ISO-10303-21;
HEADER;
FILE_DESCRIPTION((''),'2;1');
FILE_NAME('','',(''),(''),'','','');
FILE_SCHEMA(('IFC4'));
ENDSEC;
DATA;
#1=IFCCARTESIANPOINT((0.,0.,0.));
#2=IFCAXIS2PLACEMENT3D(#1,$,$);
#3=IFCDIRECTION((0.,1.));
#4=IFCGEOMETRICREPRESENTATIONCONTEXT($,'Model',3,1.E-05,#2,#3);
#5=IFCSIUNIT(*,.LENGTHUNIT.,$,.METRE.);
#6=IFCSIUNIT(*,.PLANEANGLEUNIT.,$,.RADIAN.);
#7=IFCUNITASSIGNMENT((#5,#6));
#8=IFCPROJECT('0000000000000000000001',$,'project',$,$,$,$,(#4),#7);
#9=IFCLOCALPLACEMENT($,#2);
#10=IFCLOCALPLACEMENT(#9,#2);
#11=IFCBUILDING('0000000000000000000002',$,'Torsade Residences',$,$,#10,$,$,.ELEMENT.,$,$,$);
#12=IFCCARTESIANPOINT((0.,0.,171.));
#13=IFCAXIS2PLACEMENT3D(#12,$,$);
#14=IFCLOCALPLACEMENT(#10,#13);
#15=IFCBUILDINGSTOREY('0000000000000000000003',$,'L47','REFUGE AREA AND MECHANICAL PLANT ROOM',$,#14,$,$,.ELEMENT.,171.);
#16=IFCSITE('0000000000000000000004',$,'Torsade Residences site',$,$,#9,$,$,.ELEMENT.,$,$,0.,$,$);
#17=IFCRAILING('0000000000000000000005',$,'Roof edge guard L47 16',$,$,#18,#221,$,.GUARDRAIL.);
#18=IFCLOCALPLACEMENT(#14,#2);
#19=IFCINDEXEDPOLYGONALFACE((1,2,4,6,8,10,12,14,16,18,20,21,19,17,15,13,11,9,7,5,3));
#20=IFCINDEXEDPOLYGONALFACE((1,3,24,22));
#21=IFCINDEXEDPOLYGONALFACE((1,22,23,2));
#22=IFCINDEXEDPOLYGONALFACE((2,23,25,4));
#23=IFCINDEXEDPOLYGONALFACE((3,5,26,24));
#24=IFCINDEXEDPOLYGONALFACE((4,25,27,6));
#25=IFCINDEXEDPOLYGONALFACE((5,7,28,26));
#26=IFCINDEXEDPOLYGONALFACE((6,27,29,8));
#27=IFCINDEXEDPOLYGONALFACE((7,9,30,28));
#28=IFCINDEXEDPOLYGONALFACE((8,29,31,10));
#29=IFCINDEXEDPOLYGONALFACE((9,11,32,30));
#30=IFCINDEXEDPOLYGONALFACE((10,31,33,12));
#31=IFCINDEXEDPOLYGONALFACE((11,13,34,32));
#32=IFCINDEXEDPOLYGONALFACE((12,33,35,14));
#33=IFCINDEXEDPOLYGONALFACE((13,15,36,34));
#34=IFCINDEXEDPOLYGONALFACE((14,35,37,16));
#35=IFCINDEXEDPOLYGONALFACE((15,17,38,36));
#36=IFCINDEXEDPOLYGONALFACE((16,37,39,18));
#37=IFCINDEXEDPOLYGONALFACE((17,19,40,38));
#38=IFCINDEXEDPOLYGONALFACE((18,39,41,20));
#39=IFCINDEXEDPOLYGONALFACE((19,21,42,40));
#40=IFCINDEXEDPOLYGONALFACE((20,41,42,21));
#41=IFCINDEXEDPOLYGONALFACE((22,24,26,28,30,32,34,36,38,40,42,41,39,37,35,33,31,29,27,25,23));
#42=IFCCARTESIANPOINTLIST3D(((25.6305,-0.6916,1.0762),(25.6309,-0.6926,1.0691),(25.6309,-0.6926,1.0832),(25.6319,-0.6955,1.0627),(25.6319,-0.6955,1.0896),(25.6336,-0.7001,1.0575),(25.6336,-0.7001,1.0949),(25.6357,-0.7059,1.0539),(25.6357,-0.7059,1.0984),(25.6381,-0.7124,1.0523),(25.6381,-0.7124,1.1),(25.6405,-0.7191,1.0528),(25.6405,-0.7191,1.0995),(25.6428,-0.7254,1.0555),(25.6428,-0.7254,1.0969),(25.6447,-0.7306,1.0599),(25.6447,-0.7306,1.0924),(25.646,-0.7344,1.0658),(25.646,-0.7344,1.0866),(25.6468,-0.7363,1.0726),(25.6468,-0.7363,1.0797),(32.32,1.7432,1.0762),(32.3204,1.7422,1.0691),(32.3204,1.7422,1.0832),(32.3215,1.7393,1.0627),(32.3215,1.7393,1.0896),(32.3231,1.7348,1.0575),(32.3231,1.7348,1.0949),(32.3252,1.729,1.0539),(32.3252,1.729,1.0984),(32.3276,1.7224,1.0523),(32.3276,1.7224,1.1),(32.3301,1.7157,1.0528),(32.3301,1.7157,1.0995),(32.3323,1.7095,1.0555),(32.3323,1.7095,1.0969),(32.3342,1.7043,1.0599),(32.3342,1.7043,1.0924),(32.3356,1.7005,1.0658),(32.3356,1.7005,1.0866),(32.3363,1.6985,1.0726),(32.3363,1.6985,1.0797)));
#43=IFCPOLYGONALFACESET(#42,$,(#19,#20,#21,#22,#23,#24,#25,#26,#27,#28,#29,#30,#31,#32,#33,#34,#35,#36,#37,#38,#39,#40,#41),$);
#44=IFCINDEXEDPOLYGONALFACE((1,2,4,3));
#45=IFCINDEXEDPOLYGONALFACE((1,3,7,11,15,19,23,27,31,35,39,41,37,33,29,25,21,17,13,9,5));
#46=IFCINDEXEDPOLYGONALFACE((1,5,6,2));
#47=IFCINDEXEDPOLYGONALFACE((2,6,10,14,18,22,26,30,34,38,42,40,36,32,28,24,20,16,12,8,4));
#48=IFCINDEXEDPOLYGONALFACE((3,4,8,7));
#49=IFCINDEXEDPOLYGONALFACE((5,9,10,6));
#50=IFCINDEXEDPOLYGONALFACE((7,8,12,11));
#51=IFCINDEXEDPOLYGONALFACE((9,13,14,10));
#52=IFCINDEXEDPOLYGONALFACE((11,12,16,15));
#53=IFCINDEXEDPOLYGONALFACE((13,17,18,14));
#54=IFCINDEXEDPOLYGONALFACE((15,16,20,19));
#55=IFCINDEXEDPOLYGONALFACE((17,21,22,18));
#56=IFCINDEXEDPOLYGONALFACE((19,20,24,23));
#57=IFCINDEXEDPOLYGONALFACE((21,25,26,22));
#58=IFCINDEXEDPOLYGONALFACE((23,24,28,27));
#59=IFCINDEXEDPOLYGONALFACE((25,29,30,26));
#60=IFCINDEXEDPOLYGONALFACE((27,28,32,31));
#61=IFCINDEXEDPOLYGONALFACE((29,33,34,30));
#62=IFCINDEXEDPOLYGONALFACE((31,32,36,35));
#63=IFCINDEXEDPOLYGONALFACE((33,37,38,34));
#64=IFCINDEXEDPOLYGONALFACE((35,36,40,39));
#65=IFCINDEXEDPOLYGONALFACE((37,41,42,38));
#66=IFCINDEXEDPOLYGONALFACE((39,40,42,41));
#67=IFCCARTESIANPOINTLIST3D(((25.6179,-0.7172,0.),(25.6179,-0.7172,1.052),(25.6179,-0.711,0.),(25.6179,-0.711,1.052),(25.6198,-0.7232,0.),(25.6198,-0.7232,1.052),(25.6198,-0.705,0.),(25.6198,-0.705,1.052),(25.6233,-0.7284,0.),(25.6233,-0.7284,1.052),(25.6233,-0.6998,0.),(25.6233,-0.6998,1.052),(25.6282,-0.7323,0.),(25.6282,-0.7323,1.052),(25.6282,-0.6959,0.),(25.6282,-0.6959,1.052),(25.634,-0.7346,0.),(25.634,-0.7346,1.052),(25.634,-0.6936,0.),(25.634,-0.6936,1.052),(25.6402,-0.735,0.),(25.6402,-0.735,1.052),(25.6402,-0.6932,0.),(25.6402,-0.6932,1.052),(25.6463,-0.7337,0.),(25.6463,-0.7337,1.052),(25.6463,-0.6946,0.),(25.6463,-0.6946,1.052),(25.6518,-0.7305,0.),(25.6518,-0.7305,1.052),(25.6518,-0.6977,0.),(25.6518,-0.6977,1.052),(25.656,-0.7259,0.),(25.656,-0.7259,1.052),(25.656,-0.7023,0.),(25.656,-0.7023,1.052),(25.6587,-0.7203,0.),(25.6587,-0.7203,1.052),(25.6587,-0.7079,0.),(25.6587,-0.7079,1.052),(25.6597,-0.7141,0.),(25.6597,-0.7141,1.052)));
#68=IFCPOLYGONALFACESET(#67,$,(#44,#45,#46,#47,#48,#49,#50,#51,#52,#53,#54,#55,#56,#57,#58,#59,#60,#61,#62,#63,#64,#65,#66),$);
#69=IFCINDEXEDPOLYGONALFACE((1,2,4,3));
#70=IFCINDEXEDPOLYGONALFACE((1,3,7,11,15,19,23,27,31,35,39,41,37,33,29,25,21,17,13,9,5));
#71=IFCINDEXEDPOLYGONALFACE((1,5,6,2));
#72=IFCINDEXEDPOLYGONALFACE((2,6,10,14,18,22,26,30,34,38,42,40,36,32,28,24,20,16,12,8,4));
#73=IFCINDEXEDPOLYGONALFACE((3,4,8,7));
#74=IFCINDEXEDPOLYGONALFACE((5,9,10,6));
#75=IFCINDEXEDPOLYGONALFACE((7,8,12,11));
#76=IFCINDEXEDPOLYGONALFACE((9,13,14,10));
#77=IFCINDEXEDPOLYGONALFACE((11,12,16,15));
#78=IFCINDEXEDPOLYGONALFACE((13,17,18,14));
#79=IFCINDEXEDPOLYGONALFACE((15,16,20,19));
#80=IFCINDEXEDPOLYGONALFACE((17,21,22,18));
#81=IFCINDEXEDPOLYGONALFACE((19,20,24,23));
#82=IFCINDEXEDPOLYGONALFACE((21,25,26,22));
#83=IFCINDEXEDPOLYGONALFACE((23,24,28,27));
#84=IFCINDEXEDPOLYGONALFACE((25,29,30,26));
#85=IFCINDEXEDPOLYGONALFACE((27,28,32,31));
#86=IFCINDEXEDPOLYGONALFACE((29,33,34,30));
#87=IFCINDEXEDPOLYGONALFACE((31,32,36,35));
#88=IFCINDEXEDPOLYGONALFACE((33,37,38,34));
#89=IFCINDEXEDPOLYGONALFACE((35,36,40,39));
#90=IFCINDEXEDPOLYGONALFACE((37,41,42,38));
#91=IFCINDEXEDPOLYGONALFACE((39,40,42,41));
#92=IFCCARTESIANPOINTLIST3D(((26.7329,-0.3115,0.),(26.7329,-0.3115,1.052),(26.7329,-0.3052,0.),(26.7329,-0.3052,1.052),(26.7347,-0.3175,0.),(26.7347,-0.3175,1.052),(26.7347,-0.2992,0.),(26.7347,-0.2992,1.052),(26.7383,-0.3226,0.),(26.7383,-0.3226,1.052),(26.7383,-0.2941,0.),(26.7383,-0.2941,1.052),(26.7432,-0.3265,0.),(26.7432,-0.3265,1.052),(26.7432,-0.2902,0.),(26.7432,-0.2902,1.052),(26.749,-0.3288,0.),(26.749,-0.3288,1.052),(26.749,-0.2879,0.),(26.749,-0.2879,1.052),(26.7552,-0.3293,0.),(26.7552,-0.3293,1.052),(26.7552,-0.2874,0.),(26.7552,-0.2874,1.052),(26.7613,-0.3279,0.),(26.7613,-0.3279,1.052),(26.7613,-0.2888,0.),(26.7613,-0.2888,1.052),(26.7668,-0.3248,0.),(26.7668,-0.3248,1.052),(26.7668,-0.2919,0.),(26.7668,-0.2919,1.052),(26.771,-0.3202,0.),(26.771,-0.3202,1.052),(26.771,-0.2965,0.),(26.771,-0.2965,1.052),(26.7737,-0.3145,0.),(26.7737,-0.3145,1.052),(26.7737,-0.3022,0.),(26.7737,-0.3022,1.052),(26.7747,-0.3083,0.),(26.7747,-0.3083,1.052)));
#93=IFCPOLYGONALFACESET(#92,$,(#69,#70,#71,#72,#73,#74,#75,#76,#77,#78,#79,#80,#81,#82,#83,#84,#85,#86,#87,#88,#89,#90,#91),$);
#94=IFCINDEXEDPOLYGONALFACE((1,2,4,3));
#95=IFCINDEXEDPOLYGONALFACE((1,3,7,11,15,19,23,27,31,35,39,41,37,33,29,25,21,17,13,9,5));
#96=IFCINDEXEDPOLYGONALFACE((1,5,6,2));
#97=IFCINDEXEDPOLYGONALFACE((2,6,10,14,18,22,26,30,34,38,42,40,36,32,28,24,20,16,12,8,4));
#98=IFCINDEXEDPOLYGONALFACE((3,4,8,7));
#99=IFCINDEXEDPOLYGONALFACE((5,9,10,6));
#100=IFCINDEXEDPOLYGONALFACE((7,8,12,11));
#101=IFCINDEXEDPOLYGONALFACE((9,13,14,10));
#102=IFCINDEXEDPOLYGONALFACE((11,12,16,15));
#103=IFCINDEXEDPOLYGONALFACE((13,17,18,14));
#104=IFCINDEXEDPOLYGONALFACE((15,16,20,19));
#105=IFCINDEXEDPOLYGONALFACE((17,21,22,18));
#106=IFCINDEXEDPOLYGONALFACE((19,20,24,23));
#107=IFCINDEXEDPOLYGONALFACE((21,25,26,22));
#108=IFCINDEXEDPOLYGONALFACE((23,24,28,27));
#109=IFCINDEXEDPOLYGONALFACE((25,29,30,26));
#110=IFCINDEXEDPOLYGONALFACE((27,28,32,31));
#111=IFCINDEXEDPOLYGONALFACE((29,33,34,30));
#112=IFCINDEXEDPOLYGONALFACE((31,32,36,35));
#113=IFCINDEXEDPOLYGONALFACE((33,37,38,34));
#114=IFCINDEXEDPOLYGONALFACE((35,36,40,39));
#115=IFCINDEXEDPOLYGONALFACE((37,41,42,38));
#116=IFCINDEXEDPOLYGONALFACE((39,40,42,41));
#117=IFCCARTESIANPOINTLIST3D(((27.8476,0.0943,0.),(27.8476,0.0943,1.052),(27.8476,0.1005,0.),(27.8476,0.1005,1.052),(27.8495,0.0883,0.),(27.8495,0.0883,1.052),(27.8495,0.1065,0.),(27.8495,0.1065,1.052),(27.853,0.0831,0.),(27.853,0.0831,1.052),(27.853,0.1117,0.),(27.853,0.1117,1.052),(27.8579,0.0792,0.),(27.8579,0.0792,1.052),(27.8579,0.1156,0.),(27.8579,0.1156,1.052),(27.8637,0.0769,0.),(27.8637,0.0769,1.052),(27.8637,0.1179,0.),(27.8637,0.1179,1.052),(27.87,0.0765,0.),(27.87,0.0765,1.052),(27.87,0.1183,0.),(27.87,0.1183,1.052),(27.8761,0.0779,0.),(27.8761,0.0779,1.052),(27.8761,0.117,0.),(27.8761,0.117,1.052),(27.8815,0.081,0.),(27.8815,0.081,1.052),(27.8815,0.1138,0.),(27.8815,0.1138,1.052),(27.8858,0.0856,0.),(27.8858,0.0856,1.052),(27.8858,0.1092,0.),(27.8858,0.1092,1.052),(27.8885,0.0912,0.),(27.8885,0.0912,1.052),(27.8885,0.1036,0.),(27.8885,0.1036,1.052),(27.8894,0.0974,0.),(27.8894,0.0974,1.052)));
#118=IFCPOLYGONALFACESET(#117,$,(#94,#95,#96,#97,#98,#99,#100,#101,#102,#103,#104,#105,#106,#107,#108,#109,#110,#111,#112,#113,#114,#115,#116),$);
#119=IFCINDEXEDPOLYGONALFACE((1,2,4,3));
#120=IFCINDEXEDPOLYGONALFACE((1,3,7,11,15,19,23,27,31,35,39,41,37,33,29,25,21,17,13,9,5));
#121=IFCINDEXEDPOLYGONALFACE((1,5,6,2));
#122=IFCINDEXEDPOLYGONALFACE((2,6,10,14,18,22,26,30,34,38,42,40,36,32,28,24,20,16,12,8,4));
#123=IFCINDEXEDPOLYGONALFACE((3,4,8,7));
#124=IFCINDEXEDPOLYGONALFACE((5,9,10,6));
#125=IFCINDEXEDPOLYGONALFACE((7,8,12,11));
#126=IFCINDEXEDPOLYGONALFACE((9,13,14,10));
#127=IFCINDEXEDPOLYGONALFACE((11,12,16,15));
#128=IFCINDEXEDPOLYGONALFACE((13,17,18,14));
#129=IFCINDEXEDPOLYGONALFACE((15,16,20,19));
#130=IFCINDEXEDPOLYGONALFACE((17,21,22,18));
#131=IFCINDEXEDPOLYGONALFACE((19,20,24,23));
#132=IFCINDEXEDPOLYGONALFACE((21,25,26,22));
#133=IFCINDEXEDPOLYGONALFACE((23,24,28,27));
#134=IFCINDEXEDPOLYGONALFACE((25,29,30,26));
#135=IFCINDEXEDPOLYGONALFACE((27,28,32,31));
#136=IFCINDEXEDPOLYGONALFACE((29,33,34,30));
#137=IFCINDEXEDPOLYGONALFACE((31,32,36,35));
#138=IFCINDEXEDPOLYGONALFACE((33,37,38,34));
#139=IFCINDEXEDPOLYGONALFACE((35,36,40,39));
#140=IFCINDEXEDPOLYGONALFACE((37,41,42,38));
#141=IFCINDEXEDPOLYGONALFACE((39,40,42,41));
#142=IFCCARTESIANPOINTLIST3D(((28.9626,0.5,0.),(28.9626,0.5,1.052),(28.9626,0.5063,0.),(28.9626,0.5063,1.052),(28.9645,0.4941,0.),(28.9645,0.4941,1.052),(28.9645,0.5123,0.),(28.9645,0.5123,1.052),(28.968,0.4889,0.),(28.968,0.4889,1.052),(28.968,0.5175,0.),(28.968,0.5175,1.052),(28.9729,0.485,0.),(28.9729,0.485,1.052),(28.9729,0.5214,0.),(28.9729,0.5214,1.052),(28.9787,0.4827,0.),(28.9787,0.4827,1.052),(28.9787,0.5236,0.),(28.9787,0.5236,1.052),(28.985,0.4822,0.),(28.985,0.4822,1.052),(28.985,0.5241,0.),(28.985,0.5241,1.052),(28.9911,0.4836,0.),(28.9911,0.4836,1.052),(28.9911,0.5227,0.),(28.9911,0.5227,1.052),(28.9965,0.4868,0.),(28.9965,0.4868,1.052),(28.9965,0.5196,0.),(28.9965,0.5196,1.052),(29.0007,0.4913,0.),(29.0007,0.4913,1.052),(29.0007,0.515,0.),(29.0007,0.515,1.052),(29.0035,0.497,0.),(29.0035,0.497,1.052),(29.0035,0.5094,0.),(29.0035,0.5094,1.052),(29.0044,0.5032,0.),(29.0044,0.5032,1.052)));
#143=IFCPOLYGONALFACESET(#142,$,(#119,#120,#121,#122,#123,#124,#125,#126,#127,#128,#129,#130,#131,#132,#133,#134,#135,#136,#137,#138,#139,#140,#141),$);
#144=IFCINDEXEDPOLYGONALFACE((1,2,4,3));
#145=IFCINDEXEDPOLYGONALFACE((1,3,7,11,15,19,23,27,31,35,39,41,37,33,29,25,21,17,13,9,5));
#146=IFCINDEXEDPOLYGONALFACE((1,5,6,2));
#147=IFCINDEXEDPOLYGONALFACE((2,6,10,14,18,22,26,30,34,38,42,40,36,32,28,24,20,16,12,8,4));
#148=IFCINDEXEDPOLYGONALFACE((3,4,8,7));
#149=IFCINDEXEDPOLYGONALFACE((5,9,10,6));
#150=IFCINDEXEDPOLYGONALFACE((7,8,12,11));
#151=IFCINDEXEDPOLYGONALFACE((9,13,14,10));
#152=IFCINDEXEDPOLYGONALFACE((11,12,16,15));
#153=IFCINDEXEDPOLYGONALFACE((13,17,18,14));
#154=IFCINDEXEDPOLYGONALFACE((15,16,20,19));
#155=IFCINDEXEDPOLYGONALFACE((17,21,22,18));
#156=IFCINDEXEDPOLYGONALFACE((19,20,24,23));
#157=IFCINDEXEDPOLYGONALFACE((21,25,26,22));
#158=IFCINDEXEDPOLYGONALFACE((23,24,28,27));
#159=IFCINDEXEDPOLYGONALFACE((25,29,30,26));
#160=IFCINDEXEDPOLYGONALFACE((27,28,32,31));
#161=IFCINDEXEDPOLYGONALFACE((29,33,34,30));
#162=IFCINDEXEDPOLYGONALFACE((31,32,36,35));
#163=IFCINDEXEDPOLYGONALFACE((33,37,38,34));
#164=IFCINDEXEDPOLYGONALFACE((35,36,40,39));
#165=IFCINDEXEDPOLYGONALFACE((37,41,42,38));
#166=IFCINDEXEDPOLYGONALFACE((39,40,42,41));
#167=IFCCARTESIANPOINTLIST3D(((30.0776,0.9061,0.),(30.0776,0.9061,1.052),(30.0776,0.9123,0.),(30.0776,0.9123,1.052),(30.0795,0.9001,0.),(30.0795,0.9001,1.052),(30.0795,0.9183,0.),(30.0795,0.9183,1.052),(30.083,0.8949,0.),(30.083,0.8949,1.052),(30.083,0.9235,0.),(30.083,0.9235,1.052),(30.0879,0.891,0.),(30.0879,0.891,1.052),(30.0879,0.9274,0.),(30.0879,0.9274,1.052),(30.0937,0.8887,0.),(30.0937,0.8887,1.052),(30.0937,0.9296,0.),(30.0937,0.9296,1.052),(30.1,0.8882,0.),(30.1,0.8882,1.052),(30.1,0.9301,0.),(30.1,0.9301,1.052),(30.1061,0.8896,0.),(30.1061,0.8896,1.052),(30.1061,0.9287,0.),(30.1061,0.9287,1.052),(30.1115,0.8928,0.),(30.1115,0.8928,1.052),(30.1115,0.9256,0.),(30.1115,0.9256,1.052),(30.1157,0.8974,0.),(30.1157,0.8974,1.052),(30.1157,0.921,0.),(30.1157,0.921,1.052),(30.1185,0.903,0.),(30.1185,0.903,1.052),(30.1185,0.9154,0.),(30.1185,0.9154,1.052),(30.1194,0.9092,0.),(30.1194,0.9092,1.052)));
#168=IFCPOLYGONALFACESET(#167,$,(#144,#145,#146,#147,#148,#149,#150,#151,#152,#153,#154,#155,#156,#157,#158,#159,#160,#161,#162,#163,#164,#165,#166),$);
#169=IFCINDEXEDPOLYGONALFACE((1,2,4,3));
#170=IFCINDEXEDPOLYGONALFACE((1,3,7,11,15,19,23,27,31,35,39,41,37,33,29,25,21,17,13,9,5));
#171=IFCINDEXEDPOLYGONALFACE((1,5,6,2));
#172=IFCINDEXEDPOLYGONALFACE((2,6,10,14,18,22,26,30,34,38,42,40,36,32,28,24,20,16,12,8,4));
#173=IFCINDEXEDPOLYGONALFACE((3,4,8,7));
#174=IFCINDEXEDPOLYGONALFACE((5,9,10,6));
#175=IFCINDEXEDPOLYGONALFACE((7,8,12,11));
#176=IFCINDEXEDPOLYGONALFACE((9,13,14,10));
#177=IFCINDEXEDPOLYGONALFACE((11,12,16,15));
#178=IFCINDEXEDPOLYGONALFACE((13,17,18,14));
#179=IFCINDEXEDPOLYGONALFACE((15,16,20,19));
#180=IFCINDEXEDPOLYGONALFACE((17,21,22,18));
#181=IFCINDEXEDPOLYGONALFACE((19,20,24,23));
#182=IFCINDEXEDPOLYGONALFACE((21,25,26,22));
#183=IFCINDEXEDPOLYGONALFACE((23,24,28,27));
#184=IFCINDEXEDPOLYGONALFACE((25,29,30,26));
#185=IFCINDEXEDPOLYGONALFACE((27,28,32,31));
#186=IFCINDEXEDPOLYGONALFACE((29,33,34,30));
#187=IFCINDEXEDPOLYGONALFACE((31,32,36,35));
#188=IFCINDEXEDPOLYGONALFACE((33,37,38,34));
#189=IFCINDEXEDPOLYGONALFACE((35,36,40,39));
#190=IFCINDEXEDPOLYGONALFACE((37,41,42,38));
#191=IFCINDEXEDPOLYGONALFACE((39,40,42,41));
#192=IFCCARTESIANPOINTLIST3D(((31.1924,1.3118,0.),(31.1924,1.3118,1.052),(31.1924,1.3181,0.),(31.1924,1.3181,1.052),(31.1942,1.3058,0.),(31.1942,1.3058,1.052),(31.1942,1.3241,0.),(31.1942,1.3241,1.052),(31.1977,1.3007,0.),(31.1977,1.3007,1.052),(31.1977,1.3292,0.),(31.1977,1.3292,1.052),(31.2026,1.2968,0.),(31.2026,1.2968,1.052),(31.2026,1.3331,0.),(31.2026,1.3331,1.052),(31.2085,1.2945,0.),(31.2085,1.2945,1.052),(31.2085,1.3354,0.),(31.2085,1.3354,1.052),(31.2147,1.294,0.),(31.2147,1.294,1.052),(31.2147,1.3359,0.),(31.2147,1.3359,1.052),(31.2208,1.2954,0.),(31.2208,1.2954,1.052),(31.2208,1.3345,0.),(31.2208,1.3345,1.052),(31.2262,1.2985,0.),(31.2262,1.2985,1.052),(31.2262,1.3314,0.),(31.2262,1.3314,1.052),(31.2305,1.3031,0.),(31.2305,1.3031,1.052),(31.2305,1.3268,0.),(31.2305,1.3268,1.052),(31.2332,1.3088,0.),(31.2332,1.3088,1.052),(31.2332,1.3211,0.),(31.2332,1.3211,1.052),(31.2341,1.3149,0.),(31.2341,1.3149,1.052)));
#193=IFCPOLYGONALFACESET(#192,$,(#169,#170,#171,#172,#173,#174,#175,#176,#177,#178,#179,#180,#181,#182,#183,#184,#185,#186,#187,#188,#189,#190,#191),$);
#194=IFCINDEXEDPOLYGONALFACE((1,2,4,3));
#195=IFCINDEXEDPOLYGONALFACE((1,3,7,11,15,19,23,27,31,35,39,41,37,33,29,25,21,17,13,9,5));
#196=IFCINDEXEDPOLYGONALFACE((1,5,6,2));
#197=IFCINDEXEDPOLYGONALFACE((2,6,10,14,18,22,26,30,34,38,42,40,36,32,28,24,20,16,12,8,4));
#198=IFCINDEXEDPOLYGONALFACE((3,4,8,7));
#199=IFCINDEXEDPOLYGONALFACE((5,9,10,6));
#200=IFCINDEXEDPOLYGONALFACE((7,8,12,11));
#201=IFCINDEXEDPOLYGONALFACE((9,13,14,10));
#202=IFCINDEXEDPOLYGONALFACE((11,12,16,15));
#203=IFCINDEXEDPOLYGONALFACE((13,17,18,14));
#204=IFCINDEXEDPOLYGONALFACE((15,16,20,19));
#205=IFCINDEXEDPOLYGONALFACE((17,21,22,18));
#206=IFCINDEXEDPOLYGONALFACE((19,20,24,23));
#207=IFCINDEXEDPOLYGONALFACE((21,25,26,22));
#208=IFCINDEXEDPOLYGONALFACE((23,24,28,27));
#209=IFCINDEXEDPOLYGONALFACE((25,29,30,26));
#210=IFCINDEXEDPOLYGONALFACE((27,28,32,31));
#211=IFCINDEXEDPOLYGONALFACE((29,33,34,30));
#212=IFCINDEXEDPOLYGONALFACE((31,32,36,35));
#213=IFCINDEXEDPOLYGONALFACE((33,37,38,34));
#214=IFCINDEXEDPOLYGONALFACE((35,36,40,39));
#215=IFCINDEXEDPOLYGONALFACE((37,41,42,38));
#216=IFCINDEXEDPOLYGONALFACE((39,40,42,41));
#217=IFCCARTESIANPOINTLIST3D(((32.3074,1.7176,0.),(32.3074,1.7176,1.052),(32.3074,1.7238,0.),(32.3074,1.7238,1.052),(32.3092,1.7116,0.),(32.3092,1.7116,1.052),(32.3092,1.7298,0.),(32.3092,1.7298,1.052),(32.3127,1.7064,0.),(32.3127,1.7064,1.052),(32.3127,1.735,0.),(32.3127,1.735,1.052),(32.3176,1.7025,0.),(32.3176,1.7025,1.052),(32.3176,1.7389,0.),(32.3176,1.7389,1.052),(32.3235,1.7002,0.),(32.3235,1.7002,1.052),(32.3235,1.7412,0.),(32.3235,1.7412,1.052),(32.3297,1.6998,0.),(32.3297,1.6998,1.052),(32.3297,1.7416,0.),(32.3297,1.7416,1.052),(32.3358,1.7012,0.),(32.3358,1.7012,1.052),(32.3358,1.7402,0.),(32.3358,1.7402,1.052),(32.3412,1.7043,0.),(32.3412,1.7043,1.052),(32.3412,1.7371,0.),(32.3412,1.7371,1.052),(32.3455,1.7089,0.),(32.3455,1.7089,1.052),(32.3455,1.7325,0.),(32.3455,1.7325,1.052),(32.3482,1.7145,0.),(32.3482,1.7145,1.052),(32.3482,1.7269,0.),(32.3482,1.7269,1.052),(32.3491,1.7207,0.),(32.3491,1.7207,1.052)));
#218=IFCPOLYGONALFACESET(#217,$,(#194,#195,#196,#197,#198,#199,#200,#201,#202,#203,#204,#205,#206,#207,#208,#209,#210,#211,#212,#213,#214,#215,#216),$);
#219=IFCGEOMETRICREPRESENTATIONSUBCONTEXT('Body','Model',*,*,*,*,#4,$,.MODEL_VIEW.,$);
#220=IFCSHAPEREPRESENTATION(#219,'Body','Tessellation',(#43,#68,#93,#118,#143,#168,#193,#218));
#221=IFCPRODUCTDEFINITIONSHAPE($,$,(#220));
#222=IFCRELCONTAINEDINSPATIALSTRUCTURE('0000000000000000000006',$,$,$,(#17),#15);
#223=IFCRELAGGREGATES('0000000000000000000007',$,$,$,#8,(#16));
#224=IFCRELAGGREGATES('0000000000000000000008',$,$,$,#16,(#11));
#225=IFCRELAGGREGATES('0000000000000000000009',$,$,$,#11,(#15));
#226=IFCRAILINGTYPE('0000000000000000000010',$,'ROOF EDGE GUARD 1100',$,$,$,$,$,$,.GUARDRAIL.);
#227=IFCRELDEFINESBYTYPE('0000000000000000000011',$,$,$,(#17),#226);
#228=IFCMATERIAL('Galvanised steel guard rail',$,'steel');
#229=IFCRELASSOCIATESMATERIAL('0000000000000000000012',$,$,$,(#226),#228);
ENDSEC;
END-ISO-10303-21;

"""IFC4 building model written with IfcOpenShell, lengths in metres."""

from ifc_helpers import new_model, si_unit, direction, frame, origin, origin_2d, place, context, subcontext, project, spatial, circle, extrude, material, type_object, element, save


model = new_model("IFC4")

# Units and contexts
model_context = context("Model", 3, precision=1e-05, world=origin(), true_north=direction((0.0, 1.0)))
body_context = subcontext(model_context, "Body", "Model", "MODEL_VIEW")
ifc_project = project(units=[si_unit("LENGTHUNIT", "METRE"), si_unit("PLANEANGLEUNIT", "RADIAN")], contexts=[model_context])

# Site, building, storey
site_placement = place(None, origin())
site = spatial("IfcSite", under=ifc_project, at=site_placement, Name="Torsade Residences site", CompositionType="ELEMENT", RefElevation=0.0)
building_placement = place(site_placement, origin())
building = spatial("IfcBuilding", under=site, at=building_placement, Name="Torsade Residences", CompositionType="ELEMENT")
storey_placement = place(building_placement, frame((0.0, 0.0, 171.0)))
storey = spatial("IfcBuildingStorey", under=building, at=storey_placement, Name="L47", Description="REFUGE AREA AND MECHANICAL PLANT ROOM", CompositionType="ELEMENT", Elevation=171.0)

# Railing
ifc_material_1 = material(Name="Galvanised steel guard rail", Category="steel")
railing_type = type_object("IfcRailingType", Name="ROOF EDGE GUARD 1100", PredefinedType="GUARDRAIL", material=ifc_material_1)
railing_placement = place(storey_placement, frame((25.6387, -0.7141, 0.0)))
element("IfcRailing", 1, at=railing_placement, inside=storey, type_object=railing_type, Name="Roof edge guard L47 16", PredefinedType="GUARDRAIL", context=body_context, shape_type="SweptSolid", body=[
    extrude(circle(Radius=0.0239, at=origin_2d()), frame((0.0, 0.0, 1.0762), z_axis=(0.93969, 0.342027, 0.0), x_axis=(-0.342027, 0.93969, 0.0)), (0.0, 0.0, 1.0), 7.1189),
    extrude(circle(Radius=0.021, at=origin_2d()), origin(), (0.0, 0.0, 1.0), 1.052),
    extrude(circle(Radius=0.021, at=origin_2d()), frame((1.115, 0.4058, 0.0)), (0.0, 0.0, 1.0), 1.052),
    extrude(circle(Radius=0.021, at=origin_2d()), frame((2.2297, 0.8115, 0.0)), (0.0, 0.0, 1.0), 1.052),
    extrude(circle(Radius=0.021, at=origin_2d()), frame((3.3447, 1.2173, 0.0)), (0.0, 0.0, 1.0), 1.052),
    extrude(circle(Radius=0.021, at=origin_2d()), frame((4.4597, 1.6233, 0.0)), (0.0, 0.0, 1.0), 1.052),
    extrude(circle(Radius=0.021, at=origin_2d()), frame((5.5745, 2.0291, 0.0)), (0.0, 0.0, 1.0), 1.052),
    extrude(circle(Radius=0.021, at=origin_2d()), frame((6.6895, 2.4348, 0.0)), (0.0, 0.0, 1.0), 1.052),
])

save(model, "model.ifc")
